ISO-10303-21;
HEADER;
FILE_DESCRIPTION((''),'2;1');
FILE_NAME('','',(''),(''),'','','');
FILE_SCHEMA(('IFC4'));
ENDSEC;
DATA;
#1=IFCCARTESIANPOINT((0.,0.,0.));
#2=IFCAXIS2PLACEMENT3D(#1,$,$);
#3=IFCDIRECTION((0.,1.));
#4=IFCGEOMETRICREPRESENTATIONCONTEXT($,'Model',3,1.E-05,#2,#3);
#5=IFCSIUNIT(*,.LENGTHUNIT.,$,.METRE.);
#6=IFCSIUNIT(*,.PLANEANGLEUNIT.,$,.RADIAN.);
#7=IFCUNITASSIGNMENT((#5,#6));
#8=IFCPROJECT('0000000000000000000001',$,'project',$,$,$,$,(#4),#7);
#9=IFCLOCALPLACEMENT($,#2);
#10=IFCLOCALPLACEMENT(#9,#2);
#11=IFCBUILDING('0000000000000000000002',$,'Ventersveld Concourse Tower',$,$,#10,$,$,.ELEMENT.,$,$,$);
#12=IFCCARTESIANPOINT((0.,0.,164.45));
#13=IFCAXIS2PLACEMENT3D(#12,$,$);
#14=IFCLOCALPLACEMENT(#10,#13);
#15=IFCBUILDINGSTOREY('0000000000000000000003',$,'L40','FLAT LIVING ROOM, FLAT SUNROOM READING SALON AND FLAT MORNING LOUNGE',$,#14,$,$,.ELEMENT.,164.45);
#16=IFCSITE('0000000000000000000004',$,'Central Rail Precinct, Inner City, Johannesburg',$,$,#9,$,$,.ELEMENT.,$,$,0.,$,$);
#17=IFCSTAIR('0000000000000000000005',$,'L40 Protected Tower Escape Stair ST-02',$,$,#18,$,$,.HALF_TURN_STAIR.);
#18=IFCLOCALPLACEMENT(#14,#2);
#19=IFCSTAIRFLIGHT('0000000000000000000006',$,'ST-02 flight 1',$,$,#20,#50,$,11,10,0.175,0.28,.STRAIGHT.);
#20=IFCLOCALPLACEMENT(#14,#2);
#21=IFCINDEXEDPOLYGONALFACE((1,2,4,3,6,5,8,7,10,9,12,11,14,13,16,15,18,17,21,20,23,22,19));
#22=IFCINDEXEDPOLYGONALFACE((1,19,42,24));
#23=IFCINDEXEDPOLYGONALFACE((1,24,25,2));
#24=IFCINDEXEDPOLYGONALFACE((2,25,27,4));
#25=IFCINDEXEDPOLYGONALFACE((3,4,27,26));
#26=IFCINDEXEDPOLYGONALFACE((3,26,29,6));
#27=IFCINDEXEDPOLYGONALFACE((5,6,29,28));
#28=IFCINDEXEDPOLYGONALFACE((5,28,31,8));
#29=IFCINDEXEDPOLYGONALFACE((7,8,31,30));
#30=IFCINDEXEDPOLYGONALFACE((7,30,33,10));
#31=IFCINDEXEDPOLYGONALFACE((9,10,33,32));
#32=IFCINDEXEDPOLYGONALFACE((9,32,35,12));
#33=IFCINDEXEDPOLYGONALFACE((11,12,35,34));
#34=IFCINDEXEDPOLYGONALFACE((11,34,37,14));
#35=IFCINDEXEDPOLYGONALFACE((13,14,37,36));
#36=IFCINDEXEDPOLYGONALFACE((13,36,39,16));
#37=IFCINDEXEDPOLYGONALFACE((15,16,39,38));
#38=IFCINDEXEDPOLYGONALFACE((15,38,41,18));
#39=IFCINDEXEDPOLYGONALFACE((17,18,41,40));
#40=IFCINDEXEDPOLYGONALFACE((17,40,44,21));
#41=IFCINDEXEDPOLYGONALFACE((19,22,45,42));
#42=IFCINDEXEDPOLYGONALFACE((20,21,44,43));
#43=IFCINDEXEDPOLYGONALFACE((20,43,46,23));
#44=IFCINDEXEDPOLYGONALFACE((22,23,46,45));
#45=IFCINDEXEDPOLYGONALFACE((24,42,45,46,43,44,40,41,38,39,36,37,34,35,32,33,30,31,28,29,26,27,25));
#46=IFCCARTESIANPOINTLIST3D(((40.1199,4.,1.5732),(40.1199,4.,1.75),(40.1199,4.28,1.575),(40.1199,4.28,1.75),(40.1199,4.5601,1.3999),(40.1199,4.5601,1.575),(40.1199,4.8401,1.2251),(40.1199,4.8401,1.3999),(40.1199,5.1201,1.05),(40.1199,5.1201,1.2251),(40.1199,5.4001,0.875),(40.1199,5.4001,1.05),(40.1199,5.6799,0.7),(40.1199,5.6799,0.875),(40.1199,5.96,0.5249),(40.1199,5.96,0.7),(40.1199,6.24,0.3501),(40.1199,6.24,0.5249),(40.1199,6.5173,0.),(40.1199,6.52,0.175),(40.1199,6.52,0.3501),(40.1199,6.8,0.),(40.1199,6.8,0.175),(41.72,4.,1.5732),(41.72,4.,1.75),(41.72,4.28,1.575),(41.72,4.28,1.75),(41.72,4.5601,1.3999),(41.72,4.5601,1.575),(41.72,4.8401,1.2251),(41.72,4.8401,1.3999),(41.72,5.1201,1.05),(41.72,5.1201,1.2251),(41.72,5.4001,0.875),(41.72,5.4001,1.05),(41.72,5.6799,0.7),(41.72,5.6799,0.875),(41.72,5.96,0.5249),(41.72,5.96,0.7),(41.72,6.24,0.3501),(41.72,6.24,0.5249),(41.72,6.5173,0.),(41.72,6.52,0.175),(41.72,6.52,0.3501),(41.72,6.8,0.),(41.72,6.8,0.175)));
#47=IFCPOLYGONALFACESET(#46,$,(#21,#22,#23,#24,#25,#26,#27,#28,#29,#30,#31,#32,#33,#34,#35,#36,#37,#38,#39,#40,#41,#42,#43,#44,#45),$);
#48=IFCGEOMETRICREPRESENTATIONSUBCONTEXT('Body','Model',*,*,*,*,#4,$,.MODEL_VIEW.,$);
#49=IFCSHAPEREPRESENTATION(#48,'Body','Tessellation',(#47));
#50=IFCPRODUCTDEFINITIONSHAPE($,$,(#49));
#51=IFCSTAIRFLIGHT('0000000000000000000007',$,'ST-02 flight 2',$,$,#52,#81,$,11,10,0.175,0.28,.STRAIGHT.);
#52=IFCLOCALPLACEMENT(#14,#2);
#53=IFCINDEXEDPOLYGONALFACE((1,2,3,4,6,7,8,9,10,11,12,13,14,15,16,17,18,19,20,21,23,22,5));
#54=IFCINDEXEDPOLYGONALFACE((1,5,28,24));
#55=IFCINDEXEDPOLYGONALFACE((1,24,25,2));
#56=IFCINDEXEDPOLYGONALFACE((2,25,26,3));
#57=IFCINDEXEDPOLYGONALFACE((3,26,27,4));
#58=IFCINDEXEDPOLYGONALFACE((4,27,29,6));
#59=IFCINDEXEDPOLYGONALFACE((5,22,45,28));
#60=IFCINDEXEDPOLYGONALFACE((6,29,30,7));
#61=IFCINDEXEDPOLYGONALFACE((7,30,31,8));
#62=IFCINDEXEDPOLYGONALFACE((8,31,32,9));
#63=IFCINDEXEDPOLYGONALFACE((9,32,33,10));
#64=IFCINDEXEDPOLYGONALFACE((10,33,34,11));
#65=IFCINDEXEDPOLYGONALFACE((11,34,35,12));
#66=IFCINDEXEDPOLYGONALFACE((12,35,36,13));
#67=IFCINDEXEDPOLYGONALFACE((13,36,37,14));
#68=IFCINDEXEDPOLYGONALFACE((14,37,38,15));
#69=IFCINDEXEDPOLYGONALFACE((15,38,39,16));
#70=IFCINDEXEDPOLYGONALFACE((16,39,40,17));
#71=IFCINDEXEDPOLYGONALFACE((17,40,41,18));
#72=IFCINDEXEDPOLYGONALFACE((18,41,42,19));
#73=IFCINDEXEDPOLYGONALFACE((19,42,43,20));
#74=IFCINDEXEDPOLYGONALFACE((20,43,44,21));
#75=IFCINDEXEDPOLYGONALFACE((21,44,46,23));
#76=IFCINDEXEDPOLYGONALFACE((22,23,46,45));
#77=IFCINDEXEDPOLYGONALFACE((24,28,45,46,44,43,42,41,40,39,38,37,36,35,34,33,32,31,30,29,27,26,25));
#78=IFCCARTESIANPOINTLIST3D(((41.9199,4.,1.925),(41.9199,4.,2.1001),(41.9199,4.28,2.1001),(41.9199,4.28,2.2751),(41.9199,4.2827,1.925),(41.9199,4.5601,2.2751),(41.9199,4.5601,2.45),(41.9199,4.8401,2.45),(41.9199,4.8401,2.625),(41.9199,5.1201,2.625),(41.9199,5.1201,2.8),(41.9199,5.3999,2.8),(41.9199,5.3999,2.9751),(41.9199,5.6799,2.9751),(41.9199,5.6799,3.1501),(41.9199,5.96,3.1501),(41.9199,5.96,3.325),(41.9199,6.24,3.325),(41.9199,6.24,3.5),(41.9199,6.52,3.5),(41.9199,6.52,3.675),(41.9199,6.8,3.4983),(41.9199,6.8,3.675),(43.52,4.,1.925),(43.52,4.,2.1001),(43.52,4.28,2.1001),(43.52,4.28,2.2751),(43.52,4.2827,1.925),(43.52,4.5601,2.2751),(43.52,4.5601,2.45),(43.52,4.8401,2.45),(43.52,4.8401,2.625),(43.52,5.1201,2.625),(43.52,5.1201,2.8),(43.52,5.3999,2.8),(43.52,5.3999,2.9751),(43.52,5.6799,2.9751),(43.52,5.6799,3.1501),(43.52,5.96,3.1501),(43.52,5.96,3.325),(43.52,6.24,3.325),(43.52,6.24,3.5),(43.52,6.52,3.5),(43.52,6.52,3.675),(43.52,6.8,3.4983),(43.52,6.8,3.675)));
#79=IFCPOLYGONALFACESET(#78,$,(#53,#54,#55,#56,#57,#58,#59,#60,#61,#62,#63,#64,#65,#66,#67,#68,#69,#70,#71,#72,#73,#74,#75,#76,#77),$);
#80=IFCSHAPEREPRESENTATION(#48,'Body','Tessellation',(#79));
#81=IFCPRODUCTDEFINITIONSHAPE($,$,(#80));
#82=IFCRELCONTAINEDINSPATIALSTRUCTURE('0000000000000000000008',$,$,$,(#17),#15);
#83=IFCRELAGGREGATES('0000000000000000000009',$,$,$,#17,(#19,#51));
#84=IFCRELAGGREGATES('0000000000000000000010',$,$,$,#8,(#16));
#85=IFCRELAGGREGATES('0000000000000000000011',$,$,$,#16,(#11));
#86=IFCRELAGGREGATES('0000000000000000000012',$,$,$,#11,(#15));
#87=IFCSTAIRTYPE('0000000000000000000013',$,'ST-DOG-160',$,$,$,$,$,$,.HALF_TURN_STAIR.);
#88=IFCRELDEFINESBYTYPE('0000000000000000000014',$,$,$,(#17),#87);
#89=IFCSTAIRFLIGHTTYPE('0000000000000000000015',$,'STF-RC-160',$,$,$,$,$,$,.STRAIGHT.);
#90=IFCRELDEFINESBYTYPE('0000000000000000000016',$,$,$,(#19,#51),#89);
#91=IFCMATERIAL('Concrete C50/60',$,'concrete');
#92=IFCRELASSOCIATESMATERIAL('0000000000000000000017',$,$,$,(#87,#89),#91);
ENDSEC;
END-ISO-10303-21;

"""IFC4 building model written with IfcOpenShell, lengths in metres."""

from ifc_helpers import new_model, si_unit, direction, frame, origin, place, context, subcontext, project, spatial, polyline, outline, extrude, material, type_object, element, aggregate, save


model = new_model("IFC4")

# Units and contexts
model_context = context("Model", 3, precision=1e-05, world=origin(), true_north=direction((0.0, 1.0)))
body_context = subcontext(model_context, "Body", "Model", "MODEL_VIEW")
ifc_project = project(units=[si_unit("LENGTHUNIT", "METRE"), si_unit("PLANEANGLEUNIT", "RADIAN")], contexts=[model_context])

# Site, building, storey
site_placement = place(None, origin())
site = spatial("IfcSite", under=ifc_project, at=site_placement, Name="Central Rail Precinct, Inner City, Johannesburg", CompositionType="ELEMENT", RefElevation=0.0)
building_placement = place(site_placement, origin())
building = spatial("IfcBuilding", under=site, at=building_placement, Name="Ventersveld Concourse Tower", CompositionType="ELEMENT")
storey_placement = place(building_placement, frame((0.0, 0.0, 164.45)))
storey = spatial("IfcBuildingStorey", under=building, at=storey_placement, Name="L40", Description="FLAT LIVING ROOM, FLAT SUNROOM READING SALON AND FLAT MORNING LOUNGE", CompositionType="ELEMENT", Elevation=164.45)

# Stair, stair flights
ifc_material_1 = material(Name="Concrete C50/60", Category="concrete")
stair_type = type_object("IfcStairType", Name="ST-DOG-160", PredefinedType="HALF_TURN_STAIR", material=ifc_material_1)
stair_placement = place(storey_placement, origin())
stair = element("IfcStair", 1, at=stair_placement, inside=storey, type_object=stair_type, Name="L40 Protected Tower Escape Stair ST-02", PredefinedType="HALF_TURN_STAIR")
stair_flight_type = type_object("IfcStairFlightType", Name="STF-RC-160", PredefinedType="STRAIGHT", material=ifc_material_1)
stair_flight_1_placement = place(storey_placement, frame((40.9199, 6.8, 0.0), z_axis=(0.0, 0.0, 1.0), x_axis=(0.0, -1.0, 0.0)))
stair_flight_1 = element("IfcStairFlight", 2, at=stair_flight_1_placement, type_object=stair_flight_type, Name="ST-02 flight 1", NumberOfRisers=11, NumberOfTreads=10, PredefinedType="STRAIGHT", RiserHeight=0.175, TreadLength=0.28, context=body_context, shape_type="SweptSolid", body=[
    extrude(outline(polyline([(0.0, 0.0), (0.0, 0.175), (0.28, 0.175), (0.28, 0.3501), (0.5601, 0.3501), (0.5601, 0.5249), (0.8401, 0.5249), (0.8401, 0.7), (1.1201, 0.7), (1.1201, 0.875), (1.3999, 0.875), (1.3999, 1.05), (1.6799, 1.05), (1.6799, 1.2251), (1.96, 1.2251), (1.96, 1.3999), (2.24, 1.3999), (2.24, 1.575), (2.52, 1.575), (2.52, 1.75), (2.8, 1.75), (2.8, 1.925), (2.8, 1.5732), (0.2827, 0.0), (0.0, 0.0)])), frame((0.0, 0.8, 0.0), z_axis=(0.0, -1.0, 0.0), x_axis=(1.0, 0.0, 0.0)), (0.0, 0.0, 1.0), 1.6001),
])
stair_flight_2_placement = place(storey_placement, frame((42.72, 4.0, 1.925), z_axis=(0.0, 0.0, 1.0), x_axis=(0.0, 1.0, 0.0)))
stair_flight_2 = element("IfcStairFlight", 3, at=stair_flight_2_placement, type_object=stair_flight_type, Name="ST-02 flight 2", NumberOfRisers=11, NumberOfTreads=10, PredefinedType="STRAIGHT", RiserHeight=0.175, TreadLength=0.28, context=body_context, shape_type="SweptSolid", body=[
    extrude(outline(polyline([(0.0, 0.0), (0.0, 0.175), (0.28, 0.175), (0.28, 0.3501), (0.5601, 0.3501), (0.5601, 0.5249), (0.8401, 0.5249), (0.8401, 0.7), (1.1201, 0.7), (1.1201, 0.875), (1.3999, 0.875), (1.3999, 1.05), (1.6799, 1.05), (1.6799, 1.2251), (1.96, 1.2251), (1.96, 1.3999), (2.24, 1.3999), (2.24, 1.575), (2.52, 1.575), (2.52, 1.75), (2.8, 1.75), (2.8, 1.925), (2.8, 1.5732), (0.2827, 0.0), (0.0, 0.0)])), frame((0.0, 0.8, 0.0), z_axis=(0.0, -1.0, 0.0), x_axis=(1.0, 0.0, 0.0)), (0.0, 0.0, 1.0), 1.6001),
])
aggregate(stair, [stair_flight_1, stair_flight_2])

save(model, "model.ifc")
